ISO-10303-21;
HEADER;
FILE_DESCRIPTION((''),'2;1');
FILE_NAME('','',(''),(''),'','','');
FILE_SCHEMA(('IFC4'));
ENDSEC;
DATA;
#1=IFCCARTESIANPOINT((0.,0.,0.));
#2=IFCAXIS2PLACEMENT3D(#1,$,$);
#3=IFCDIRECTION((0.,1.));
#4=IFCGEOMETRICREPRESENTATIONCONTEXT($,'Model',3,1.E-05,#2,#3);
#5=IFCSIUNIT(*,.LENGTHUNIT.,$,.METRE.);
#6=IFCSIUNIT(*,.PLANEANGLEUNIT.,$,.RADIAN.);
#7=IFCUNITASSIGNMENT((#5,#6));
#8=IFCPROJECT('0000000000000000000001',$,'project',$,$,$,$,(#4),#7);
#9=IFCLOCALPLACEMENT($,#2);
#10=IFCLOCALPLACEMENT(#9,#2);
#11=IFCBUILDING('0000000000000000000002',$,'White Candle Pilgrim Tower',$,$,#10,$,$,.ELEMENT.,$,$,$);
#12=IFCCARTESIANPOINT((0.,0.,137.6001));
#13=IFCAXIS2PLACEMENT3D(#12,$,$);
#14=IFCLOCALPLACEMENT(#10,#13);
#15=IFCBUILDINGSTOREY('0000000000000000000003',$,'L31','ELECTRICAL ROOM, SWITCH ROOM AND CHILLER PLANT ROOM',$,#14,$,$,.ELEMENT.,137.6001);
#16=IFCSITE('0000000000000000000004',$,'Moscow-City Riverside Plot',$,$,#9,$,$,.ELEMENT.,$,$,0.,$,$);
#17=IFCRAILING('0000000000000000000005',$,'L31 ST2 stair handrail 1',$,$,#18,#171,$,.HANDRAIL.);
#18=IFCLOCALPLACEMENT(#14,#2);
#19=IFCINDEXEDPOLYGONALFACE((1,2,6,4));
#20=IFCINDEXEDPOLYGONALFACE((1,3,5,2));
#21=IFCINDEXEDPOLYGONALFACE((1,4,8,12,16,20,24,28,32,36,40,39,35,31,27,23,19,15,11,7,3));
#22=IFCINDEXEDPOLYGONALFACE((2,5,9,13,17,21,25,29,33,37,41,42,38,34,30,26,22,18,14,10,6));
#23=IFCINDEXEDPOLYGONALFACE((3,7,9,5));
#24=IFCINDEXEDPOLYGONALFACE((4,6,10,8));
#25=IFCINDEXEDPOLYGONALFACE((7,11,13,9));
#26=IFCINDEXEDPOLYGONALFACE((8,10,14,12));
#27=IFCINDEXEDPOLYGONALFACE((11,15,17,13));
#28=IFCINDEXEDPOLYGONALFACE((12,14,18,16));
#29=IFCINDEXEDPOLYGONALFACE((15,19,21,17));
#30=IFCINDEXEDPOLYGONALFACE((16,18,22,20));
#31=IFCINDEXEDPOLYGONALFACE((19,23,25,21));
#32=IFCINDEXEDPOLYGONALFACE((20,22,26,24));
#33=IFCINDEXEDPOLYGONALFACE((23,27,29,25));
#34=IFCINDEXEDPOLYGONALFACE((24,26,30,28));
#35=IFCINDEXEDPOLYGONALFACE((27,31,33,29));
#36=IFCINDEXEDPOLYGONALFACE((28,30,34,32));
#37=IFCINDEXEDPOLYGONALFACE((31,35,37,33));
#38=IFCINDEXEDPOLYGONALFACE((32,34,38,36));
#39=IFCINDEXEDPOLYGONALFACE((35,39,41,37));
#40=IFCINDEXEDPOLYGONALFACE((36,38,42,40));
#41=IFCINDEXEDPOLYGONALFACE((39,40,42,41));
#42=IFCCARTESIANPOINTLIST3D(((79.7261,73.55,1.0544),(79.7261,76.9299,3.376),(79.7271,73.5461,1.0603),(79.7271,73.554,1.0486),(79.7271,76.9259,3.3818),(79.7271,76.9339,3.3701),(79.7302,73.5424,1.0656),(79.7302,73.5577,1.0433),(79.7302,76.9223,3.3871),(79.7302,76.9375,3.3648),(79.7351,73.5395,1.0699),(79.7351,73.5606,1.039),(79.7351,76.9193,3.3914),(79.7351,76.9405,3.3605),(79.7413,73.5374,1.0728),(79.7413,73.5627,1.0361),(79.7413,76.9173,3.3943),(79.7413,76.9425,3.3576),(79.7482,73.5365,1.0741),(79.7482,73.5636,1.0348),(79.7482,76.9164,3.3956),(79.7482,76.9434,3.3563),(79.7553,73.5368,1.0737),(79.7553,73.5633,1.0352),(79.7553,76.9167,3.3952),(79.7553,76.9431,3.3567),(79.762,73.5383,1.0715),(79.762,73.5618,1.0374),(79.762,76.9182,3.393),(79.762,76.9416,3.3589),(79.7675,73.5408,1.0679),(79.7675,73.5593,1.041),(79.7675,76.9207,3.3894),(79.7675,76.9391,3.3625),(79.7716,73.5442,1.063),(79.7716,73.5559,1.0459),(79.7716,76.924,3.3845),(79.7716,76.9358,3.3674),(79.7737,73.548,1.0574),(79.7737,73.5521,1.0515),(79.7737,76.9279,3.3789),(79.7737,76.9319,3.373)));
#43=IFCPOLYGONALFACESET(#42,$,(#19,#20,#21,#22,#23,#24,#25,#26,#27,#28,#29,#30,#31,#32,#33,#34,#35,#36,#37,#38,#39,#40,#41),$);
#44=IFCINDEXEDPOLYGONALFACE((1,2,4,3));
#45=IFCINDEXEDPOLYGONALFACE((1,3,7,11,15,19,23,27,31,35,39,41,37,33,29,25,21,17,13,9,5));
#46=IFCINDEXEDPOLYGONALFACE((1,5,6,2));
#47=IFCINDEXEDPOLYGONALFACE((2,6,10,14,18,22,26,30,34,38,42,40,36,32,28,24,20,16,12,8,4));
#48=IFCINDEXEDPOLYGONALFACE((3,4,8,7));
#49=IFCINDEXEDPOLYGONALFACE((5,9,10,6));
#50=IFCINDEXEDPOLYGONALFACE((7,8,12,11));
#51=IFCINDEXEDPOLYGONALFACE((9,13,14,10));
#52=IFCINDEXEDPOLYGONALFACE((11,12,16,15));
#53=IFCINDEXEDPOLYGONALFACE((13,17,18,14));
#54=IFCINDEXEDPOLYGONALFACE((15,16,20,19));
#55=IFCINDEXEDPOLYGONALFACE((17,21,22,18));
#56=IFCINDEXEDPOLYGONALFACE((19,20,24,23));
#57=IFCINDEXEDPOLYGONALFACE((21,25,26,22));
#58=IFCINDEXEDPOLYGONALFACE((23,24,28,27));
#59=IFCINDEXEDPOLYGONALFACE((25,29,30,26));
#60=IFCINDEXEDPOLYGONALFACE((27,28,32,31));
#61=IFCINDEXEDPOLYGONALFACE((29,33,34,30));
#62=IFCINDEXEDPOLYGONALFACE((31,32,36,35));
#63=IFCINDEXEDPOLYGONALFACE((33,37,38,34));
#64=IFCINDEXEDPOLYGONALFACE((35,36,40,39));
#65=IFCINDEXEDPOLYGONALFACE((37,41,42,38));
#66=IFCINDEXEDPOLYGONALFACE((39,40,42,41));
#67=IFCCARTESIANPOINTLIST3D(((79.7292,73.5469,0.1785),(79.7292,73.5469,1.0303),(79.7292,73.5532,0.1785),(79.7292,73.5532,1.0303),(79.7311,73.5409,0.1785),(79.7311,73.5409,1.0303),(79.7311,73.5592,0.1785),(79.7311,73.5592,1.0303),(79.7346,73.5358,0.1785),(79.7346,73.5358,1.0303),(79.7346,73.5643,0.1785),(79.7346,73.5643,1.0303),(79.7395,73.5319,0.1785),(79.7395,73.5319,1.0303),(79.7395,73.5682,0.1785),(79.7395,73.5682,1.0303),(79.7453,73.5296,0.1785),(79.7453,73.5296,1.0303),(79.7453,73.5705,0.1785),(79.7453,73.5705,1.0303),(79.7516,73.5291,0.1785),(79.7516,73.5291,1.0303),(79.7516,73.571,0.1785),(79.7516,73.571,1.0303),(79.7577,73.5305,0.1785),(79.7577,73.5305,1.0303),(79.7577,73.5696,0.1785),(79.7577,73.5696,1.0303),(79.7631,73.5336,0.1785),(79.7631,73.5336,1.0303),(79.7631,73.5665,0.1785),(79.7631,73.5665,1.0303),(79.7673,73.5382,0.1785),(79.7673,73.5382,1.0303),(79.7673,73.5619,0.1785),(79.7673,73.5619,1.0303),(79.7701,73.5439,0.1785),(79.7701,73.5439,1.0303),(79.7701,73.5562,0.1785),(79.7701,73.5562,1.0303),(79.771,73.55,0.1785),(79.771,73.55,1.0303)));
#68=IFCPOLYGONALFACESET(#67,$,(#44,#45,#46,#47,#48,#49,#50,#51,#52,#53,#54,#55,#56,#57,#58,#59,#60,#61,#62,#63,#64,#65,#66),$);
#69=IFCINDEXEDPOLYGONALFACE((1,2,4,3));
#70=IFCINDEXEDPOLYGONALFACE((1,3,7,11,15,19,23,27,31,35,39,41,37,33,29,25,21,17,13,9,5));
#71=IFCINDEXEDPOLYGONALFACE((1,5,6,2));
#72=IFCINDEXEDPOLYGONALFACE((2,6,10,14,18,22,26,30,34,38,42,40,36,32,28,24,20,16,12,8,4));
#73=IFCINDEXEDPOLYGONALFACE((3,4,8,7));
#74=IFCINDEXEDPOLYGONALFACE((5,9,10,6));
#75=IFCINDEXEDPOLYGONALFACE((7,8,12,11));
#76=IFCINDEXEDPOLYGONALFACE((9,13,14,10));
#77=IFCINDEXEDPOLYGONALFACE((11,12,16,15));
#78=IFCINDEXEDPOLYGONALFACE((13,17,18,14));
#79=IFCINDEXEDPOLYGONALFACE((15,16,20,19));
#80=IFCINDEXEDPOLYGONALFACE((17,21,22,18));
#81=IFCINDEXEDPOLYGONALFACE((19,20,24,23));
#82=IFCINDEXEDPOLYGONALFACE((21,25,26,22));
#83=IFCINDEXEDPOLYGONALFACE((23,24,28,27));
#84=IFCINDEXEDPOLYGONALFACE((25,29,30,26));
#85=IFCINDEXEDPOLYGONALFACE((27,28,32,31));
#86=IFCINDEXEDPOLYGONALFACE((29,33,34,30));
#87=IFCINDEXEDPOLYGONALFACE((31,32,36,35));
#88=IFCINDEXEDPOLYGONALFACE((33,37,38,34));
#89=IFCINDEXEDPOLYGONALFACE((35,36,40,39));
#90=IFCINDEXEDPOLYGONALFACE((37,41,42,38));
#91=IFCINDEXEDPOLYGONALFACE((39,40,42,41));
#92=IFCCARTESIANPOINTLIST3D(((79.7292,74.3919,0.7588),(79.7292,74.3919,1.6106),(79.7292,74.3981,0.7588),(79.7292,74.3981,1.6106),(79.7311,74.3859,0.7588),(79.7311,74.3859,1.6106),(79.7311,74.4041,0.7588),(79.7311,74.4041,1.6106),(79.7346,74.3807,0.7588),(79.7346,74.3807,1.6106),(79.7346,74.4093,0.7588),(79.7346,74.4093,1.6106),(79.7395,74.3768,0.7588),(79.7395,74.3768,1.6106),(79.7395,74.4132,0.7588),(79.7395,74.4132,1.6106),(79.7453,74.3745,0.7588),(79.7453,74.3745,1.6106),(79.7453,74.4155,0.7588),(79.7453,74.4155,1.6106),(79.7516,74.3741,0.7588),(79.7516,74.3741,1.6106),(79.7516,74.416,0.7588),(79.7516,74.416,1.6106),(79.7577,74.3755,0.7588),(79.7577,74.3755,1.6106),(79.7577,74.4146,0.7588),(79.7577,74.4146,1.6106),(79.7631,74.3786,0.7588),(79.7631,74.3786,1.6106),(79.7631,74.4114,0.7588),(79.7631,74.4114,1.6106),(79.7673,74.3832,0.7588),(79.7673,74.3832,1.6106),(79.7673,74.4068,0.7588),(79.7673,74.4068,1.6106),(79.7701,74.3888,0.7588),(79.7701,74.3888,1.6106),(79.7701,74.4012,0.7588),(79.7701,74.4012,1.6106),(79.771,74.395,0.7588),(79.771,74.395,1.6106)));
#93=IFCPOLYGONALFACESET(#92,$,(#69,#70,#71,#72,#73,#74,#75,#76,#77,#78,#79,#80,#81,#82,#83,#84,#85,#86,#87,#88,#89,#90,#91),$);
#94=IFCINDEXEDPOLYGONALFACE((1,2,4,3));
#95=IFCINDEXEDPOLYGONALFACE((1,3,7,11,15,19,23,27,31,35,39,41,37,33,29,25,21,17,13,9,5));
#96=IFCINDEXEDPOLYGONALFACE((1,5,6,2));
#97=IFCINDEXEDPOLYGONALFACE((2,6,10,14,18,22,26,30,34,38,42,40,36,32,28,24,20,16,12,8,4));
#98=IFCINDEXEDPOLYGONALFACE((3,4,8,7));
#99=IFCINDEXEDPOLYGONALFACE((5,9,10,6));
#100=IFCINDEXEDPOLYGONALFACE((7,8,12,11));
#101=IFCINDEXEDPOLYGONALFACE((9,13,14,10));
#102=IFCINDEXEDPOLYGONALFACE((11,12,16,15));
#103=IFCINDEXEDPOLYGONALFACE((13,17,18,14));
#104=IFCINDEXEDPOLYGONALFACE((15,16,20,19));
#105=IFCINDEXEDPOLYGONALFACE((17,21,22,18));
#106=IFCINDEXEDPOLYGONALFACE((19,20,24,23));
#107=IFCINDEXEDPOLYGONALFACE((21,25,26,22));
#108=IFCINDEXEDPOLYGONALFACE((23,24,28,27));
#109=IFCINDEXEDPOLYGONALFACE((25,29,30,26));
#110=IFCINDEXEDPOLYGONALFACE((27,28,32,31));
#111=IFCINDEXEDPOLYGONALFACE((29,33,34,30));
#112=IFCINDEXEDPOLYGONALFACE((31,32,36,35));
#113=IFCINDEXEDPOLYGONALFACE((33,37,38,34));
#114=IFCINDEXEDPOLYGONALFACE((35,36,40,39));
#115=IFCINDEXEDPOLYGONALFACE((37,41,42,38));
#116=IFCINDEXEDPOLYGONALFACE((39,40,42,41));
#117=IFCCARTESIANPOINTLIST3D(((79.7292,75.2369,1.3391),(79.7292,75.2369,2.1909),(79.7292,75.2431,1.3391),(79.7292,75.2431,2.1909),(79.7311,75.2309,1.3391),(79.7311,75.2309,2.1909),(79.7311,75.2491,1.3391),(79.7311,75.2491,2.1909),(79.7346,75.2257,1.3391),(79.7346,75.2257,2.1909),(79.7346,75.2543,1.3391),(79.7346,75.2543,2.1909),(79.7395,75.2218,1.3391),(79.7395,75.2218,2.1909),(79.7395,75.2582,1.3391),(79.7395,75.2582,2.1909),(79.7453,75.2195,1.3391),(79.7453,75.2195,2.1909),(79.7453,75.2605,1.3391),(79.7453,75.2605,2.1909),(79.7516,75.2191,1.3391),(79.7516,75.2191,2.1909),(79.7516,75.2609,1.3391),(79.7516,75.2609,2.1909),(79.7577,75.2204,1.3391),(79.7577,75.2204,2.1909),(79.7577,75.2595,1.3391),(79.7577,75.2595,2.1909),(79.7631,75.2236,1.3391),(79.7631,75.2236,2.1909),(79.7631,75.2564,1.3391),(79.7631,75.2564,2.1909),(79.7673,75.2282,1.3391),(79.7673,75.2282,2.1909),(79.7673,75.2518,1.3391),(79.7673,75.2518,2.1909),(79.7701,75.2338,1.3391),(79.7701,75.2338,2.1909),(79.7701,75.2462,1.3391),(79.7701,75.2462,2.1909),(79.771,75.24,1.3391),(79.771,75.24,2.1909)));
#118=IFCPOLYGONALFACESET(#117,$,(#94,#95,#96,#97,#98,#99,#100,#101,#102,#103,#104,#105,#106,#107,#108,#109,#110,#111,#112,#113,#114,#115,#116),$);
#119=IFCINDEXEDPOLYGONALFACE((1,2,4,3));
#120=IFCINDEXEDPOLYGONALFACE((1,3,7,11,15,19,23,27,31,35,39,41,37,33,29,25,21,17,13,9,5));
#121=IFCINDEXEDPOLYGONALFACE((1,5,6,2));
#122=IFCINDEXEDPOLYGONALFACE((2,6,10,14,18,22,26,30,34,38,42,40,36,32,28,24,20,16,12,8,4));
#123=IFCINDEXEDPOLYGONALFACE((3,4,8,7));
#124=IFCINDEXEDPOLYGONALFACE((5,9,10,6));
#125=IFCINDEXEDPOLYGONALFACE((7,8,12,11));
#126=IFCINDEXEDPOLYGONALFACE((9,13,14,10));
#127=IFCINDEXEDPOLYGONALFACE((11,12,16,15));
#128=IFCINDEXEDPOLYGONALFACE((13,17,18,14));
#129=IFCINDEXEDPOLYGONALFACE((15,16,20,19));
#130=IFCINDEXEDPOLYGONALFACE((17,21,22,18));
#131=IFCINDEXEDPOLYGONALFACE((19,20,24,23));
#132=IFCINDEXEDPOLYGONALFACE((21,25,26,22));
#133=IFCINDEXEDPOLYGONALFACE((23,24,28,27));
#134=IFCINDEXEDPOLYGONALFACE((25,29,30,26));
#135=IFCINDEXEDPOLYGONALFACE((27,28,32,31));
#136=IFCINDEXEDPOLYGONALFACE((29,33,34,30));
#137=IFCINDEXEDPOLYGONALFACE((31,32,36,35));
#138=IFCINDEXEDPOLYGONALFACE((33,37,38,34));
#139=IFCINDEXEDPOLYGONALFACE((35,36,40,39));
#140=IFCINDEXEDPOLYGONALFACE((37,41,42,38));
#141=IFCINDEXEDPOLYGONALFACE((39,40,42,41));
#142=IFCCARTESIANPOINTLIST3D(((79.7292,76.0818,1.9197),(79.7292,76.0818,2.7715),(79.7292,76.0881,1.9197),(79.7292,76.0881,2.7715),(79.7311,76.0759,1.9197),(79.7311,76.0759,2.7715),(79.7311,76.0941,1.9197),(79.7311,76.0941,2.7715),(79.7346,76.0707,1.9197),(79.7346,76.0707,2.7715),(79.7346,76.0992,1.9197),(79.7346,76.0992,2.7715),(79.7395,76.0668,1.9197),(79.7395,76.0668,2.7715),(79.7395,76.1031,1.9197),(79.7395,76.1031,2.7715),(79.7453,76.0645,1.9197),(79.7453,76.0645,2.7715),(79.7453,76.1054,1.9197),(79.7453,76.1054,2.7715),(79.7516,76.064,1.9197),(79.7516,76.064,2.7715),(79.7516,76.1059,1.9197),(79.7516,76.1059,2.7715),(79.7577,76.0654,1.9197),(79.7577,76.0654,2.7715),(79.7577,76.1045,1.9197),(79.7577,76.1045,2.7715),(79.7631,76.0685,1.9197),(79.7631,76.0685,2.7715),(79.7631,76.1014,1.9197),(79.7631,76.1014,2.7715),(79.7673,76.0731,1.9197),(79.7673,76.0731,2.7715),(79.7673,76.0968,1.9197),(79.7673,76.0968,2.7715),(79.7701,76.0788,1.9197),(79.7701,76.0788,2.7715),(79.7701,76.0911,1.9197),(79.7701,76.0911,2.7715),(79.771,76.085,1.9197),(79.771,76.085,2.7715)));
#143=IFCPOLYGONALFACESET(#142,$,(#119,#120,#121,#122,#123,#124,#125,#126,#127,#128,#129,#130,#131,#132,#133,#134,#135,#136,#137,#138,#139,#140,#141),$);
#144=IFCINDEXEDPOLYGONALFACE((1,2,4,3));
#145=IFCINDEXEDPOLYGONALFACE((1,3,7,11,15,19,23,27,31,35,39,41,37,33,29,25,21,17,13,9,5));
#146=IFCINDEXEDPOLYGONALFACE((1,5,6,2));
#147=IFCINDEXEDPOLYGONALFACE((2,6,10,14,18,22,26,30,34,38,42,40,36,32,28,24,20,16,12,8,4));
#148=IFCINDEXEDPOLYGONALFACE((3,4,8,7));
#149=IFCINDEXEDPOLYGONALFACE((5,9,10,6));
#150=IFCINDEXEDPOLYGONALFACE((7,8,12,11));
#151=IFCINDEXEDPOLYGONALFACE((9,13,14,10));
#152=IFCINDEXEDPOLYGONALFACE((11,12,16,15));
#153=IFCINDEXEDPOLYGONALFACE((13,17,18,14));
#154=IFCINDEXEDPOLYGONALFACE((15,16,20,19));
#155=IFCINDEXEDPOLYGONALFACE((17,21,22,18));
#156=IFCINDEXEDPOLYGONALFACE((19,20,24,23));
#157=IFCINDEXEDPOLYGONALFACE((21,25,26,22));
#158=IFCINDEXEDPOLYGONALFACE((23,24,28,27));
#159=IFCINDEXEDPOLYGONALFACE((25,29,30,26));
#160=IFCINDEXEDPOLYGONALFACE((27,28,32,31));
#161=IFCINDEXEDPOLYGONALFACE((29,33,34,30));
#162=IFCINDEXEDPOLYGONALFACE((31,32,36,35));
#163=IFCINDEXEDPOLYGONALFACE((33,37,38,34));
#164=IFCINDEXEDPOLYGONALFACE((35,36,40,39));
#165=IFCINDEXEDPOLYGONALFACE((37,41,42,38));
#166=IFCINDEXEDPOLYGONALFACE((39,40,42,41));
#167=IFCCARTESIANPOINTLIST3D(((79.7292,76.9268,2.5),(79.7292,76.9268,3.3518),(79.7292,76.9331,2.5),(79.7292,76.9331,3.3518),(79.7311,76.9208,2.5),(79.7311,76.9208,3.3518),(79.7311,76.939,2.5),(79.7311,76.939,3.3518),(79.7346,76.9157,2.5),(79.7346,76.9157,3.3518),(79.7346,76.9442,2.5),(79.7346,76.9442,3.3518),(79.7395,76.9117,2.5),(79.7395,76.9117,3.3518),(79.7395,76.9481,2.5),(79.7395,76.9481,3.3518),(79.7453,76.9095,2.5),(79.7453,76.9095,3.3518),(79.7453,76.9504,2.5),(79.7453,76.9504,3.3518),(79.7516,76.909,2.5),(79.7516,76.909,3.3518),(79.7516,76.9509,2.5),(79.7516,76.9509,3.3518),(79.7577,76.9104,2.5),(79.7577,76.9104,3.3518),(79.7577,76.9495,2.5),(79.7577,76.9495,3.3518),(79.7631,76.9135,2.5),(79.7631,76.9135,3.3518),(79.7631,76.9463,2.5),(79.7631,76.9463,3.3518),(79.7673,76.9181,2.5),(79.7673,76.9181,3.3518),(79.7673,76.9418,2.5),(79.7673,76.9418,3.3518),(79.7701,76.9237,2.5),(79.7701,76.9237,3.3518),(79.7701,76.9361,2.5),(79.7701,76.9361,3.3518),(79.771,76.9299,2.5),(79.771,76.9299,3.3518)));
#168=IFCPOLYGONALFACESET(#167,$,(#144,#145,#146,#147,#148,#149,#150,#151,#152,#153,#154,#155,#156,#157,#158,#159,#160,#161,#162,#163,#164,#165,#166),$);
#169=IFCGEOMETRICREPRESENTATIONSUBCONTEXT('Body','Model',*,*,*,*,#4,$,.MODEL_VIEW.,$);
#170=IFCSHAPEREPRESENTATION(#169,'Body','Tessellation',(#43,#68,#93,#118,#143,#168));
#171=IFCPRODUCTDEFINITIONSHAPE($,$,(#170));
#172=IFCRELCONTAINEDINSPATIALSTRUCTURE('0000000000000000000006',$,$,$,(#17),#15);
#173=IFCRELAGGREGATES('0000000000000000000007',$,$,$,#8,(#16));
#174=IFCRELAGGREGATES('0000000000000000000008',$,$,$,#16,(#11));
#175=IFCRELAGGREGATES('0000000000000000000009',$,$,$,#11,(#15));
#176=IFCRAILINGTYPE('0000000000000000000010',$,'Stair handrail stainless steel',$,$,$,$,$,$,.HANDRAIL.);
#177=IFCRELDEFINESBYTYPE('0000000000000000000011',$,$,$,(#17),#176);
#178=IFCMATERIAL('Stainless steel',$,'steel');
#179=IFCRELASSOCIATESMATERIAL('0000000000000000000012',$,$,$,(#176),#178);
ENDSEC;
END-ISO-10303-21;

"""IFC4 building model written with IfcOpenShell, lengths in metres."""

from ifc_helpers import new_model, si_unit, direction, frame, origin, origin_2d, place, context, subcontext, project, spatial, circle, extrude, material, type_object, element, save


model = new_model("IFC4")

# Units and contexts
model_context = context("Model", 3, precision=1e-05, world=origin(), true_north=direction((0.0, 1.0)))
body_context = subcontext(model_context, "Body", "Model", "MODEL_VIEW")
ifc_project = project(units=[si_unit("LENGTHUNIT", "METRE"), si_unit("PLANEANGLEUNIT", "RADIAN")], contexts=[model_context])

# Site, building, storey
site_placement = place(None, origin())
site = spatial("IfcSite", under=ifc_project, at=site_placement, Name="Moscow-City Riverside Plot", CompositionType="ELEMENT", RefElevation=0.0)
building_placement = place(site_placement, origin())
building = spatial("IfcBuilding", under=site, at=building_placement, Name="White Candle Pilgrim Tower", CompositionType="ELEMENT")
storey_placement = place(building_placement, frame((0.0, 0.0, 137.6001)))
storey = spatial("IfcBuildingStorey", under=building, at=storey_placement, Name="L31", Description="ELECTRICAL ROOM, SWITCH ROOM AND CHILLER PLANT ROOM", CompositionType="ELEMENT", Elevation=137.6001)

# Railing
ifc_material_1 = material(Name="Stainless steel", Category="steel")
railing_type = type_object("IfcRailingType", Name="Stair handrail stainless steel", PredefinedType="HANDRAIL", material=ifc_material_1)
railing_placement = place(storey_placement, frame((79.75, 73.55, 0.1785)))
element("IfcRailing", 1, at=railing_placement, inside=storey, type_object=railing_type, Name="L31 ST2 stair handrail 1", PredefinedType="HANDRAIL", context=body_context, shape_type="SweptSolid", body=[
    extrude(circle(Radius=0.0239, at=origin_2d()), frame((0.0, 0.0, 0.876), z_axis=(0.0, 0.824285, 0.566175), x_axis=(-1.0, 0.0, 0.0)), (0.0, 0.0, 1.0), 4.1003),
    extrude(circle(Radius=0.021, at=origin_2d()), origin(), (0.0, 0.0, 1.0), 0.8518),
    extrude(circle(Radius=0.021, at=origin_2d()), frame((0.0, 0.845, 0.5803)), (0.0, 0.0, 1.0), 0.8518),
    extrude(circle(Radius=0.021, at=origin_2d()), frame((0.0, 1.6899, 1.1606)), (0.0, 0.0, 1.0), 0.8518),
    extrude(circle(Radius=0.021, at=origin_2d()), frame((0.0, 2.5349, 1.7412)), (0.0, 0.0, 1.0), 0.8518),
    extrude(circle(Radius=0.021, at=origin_2d()), frame((0.0, 3.3799, 2.3215)), (0.0, 0.0, 1.0), 0.8518),
])

save(model, "model.ifc")
